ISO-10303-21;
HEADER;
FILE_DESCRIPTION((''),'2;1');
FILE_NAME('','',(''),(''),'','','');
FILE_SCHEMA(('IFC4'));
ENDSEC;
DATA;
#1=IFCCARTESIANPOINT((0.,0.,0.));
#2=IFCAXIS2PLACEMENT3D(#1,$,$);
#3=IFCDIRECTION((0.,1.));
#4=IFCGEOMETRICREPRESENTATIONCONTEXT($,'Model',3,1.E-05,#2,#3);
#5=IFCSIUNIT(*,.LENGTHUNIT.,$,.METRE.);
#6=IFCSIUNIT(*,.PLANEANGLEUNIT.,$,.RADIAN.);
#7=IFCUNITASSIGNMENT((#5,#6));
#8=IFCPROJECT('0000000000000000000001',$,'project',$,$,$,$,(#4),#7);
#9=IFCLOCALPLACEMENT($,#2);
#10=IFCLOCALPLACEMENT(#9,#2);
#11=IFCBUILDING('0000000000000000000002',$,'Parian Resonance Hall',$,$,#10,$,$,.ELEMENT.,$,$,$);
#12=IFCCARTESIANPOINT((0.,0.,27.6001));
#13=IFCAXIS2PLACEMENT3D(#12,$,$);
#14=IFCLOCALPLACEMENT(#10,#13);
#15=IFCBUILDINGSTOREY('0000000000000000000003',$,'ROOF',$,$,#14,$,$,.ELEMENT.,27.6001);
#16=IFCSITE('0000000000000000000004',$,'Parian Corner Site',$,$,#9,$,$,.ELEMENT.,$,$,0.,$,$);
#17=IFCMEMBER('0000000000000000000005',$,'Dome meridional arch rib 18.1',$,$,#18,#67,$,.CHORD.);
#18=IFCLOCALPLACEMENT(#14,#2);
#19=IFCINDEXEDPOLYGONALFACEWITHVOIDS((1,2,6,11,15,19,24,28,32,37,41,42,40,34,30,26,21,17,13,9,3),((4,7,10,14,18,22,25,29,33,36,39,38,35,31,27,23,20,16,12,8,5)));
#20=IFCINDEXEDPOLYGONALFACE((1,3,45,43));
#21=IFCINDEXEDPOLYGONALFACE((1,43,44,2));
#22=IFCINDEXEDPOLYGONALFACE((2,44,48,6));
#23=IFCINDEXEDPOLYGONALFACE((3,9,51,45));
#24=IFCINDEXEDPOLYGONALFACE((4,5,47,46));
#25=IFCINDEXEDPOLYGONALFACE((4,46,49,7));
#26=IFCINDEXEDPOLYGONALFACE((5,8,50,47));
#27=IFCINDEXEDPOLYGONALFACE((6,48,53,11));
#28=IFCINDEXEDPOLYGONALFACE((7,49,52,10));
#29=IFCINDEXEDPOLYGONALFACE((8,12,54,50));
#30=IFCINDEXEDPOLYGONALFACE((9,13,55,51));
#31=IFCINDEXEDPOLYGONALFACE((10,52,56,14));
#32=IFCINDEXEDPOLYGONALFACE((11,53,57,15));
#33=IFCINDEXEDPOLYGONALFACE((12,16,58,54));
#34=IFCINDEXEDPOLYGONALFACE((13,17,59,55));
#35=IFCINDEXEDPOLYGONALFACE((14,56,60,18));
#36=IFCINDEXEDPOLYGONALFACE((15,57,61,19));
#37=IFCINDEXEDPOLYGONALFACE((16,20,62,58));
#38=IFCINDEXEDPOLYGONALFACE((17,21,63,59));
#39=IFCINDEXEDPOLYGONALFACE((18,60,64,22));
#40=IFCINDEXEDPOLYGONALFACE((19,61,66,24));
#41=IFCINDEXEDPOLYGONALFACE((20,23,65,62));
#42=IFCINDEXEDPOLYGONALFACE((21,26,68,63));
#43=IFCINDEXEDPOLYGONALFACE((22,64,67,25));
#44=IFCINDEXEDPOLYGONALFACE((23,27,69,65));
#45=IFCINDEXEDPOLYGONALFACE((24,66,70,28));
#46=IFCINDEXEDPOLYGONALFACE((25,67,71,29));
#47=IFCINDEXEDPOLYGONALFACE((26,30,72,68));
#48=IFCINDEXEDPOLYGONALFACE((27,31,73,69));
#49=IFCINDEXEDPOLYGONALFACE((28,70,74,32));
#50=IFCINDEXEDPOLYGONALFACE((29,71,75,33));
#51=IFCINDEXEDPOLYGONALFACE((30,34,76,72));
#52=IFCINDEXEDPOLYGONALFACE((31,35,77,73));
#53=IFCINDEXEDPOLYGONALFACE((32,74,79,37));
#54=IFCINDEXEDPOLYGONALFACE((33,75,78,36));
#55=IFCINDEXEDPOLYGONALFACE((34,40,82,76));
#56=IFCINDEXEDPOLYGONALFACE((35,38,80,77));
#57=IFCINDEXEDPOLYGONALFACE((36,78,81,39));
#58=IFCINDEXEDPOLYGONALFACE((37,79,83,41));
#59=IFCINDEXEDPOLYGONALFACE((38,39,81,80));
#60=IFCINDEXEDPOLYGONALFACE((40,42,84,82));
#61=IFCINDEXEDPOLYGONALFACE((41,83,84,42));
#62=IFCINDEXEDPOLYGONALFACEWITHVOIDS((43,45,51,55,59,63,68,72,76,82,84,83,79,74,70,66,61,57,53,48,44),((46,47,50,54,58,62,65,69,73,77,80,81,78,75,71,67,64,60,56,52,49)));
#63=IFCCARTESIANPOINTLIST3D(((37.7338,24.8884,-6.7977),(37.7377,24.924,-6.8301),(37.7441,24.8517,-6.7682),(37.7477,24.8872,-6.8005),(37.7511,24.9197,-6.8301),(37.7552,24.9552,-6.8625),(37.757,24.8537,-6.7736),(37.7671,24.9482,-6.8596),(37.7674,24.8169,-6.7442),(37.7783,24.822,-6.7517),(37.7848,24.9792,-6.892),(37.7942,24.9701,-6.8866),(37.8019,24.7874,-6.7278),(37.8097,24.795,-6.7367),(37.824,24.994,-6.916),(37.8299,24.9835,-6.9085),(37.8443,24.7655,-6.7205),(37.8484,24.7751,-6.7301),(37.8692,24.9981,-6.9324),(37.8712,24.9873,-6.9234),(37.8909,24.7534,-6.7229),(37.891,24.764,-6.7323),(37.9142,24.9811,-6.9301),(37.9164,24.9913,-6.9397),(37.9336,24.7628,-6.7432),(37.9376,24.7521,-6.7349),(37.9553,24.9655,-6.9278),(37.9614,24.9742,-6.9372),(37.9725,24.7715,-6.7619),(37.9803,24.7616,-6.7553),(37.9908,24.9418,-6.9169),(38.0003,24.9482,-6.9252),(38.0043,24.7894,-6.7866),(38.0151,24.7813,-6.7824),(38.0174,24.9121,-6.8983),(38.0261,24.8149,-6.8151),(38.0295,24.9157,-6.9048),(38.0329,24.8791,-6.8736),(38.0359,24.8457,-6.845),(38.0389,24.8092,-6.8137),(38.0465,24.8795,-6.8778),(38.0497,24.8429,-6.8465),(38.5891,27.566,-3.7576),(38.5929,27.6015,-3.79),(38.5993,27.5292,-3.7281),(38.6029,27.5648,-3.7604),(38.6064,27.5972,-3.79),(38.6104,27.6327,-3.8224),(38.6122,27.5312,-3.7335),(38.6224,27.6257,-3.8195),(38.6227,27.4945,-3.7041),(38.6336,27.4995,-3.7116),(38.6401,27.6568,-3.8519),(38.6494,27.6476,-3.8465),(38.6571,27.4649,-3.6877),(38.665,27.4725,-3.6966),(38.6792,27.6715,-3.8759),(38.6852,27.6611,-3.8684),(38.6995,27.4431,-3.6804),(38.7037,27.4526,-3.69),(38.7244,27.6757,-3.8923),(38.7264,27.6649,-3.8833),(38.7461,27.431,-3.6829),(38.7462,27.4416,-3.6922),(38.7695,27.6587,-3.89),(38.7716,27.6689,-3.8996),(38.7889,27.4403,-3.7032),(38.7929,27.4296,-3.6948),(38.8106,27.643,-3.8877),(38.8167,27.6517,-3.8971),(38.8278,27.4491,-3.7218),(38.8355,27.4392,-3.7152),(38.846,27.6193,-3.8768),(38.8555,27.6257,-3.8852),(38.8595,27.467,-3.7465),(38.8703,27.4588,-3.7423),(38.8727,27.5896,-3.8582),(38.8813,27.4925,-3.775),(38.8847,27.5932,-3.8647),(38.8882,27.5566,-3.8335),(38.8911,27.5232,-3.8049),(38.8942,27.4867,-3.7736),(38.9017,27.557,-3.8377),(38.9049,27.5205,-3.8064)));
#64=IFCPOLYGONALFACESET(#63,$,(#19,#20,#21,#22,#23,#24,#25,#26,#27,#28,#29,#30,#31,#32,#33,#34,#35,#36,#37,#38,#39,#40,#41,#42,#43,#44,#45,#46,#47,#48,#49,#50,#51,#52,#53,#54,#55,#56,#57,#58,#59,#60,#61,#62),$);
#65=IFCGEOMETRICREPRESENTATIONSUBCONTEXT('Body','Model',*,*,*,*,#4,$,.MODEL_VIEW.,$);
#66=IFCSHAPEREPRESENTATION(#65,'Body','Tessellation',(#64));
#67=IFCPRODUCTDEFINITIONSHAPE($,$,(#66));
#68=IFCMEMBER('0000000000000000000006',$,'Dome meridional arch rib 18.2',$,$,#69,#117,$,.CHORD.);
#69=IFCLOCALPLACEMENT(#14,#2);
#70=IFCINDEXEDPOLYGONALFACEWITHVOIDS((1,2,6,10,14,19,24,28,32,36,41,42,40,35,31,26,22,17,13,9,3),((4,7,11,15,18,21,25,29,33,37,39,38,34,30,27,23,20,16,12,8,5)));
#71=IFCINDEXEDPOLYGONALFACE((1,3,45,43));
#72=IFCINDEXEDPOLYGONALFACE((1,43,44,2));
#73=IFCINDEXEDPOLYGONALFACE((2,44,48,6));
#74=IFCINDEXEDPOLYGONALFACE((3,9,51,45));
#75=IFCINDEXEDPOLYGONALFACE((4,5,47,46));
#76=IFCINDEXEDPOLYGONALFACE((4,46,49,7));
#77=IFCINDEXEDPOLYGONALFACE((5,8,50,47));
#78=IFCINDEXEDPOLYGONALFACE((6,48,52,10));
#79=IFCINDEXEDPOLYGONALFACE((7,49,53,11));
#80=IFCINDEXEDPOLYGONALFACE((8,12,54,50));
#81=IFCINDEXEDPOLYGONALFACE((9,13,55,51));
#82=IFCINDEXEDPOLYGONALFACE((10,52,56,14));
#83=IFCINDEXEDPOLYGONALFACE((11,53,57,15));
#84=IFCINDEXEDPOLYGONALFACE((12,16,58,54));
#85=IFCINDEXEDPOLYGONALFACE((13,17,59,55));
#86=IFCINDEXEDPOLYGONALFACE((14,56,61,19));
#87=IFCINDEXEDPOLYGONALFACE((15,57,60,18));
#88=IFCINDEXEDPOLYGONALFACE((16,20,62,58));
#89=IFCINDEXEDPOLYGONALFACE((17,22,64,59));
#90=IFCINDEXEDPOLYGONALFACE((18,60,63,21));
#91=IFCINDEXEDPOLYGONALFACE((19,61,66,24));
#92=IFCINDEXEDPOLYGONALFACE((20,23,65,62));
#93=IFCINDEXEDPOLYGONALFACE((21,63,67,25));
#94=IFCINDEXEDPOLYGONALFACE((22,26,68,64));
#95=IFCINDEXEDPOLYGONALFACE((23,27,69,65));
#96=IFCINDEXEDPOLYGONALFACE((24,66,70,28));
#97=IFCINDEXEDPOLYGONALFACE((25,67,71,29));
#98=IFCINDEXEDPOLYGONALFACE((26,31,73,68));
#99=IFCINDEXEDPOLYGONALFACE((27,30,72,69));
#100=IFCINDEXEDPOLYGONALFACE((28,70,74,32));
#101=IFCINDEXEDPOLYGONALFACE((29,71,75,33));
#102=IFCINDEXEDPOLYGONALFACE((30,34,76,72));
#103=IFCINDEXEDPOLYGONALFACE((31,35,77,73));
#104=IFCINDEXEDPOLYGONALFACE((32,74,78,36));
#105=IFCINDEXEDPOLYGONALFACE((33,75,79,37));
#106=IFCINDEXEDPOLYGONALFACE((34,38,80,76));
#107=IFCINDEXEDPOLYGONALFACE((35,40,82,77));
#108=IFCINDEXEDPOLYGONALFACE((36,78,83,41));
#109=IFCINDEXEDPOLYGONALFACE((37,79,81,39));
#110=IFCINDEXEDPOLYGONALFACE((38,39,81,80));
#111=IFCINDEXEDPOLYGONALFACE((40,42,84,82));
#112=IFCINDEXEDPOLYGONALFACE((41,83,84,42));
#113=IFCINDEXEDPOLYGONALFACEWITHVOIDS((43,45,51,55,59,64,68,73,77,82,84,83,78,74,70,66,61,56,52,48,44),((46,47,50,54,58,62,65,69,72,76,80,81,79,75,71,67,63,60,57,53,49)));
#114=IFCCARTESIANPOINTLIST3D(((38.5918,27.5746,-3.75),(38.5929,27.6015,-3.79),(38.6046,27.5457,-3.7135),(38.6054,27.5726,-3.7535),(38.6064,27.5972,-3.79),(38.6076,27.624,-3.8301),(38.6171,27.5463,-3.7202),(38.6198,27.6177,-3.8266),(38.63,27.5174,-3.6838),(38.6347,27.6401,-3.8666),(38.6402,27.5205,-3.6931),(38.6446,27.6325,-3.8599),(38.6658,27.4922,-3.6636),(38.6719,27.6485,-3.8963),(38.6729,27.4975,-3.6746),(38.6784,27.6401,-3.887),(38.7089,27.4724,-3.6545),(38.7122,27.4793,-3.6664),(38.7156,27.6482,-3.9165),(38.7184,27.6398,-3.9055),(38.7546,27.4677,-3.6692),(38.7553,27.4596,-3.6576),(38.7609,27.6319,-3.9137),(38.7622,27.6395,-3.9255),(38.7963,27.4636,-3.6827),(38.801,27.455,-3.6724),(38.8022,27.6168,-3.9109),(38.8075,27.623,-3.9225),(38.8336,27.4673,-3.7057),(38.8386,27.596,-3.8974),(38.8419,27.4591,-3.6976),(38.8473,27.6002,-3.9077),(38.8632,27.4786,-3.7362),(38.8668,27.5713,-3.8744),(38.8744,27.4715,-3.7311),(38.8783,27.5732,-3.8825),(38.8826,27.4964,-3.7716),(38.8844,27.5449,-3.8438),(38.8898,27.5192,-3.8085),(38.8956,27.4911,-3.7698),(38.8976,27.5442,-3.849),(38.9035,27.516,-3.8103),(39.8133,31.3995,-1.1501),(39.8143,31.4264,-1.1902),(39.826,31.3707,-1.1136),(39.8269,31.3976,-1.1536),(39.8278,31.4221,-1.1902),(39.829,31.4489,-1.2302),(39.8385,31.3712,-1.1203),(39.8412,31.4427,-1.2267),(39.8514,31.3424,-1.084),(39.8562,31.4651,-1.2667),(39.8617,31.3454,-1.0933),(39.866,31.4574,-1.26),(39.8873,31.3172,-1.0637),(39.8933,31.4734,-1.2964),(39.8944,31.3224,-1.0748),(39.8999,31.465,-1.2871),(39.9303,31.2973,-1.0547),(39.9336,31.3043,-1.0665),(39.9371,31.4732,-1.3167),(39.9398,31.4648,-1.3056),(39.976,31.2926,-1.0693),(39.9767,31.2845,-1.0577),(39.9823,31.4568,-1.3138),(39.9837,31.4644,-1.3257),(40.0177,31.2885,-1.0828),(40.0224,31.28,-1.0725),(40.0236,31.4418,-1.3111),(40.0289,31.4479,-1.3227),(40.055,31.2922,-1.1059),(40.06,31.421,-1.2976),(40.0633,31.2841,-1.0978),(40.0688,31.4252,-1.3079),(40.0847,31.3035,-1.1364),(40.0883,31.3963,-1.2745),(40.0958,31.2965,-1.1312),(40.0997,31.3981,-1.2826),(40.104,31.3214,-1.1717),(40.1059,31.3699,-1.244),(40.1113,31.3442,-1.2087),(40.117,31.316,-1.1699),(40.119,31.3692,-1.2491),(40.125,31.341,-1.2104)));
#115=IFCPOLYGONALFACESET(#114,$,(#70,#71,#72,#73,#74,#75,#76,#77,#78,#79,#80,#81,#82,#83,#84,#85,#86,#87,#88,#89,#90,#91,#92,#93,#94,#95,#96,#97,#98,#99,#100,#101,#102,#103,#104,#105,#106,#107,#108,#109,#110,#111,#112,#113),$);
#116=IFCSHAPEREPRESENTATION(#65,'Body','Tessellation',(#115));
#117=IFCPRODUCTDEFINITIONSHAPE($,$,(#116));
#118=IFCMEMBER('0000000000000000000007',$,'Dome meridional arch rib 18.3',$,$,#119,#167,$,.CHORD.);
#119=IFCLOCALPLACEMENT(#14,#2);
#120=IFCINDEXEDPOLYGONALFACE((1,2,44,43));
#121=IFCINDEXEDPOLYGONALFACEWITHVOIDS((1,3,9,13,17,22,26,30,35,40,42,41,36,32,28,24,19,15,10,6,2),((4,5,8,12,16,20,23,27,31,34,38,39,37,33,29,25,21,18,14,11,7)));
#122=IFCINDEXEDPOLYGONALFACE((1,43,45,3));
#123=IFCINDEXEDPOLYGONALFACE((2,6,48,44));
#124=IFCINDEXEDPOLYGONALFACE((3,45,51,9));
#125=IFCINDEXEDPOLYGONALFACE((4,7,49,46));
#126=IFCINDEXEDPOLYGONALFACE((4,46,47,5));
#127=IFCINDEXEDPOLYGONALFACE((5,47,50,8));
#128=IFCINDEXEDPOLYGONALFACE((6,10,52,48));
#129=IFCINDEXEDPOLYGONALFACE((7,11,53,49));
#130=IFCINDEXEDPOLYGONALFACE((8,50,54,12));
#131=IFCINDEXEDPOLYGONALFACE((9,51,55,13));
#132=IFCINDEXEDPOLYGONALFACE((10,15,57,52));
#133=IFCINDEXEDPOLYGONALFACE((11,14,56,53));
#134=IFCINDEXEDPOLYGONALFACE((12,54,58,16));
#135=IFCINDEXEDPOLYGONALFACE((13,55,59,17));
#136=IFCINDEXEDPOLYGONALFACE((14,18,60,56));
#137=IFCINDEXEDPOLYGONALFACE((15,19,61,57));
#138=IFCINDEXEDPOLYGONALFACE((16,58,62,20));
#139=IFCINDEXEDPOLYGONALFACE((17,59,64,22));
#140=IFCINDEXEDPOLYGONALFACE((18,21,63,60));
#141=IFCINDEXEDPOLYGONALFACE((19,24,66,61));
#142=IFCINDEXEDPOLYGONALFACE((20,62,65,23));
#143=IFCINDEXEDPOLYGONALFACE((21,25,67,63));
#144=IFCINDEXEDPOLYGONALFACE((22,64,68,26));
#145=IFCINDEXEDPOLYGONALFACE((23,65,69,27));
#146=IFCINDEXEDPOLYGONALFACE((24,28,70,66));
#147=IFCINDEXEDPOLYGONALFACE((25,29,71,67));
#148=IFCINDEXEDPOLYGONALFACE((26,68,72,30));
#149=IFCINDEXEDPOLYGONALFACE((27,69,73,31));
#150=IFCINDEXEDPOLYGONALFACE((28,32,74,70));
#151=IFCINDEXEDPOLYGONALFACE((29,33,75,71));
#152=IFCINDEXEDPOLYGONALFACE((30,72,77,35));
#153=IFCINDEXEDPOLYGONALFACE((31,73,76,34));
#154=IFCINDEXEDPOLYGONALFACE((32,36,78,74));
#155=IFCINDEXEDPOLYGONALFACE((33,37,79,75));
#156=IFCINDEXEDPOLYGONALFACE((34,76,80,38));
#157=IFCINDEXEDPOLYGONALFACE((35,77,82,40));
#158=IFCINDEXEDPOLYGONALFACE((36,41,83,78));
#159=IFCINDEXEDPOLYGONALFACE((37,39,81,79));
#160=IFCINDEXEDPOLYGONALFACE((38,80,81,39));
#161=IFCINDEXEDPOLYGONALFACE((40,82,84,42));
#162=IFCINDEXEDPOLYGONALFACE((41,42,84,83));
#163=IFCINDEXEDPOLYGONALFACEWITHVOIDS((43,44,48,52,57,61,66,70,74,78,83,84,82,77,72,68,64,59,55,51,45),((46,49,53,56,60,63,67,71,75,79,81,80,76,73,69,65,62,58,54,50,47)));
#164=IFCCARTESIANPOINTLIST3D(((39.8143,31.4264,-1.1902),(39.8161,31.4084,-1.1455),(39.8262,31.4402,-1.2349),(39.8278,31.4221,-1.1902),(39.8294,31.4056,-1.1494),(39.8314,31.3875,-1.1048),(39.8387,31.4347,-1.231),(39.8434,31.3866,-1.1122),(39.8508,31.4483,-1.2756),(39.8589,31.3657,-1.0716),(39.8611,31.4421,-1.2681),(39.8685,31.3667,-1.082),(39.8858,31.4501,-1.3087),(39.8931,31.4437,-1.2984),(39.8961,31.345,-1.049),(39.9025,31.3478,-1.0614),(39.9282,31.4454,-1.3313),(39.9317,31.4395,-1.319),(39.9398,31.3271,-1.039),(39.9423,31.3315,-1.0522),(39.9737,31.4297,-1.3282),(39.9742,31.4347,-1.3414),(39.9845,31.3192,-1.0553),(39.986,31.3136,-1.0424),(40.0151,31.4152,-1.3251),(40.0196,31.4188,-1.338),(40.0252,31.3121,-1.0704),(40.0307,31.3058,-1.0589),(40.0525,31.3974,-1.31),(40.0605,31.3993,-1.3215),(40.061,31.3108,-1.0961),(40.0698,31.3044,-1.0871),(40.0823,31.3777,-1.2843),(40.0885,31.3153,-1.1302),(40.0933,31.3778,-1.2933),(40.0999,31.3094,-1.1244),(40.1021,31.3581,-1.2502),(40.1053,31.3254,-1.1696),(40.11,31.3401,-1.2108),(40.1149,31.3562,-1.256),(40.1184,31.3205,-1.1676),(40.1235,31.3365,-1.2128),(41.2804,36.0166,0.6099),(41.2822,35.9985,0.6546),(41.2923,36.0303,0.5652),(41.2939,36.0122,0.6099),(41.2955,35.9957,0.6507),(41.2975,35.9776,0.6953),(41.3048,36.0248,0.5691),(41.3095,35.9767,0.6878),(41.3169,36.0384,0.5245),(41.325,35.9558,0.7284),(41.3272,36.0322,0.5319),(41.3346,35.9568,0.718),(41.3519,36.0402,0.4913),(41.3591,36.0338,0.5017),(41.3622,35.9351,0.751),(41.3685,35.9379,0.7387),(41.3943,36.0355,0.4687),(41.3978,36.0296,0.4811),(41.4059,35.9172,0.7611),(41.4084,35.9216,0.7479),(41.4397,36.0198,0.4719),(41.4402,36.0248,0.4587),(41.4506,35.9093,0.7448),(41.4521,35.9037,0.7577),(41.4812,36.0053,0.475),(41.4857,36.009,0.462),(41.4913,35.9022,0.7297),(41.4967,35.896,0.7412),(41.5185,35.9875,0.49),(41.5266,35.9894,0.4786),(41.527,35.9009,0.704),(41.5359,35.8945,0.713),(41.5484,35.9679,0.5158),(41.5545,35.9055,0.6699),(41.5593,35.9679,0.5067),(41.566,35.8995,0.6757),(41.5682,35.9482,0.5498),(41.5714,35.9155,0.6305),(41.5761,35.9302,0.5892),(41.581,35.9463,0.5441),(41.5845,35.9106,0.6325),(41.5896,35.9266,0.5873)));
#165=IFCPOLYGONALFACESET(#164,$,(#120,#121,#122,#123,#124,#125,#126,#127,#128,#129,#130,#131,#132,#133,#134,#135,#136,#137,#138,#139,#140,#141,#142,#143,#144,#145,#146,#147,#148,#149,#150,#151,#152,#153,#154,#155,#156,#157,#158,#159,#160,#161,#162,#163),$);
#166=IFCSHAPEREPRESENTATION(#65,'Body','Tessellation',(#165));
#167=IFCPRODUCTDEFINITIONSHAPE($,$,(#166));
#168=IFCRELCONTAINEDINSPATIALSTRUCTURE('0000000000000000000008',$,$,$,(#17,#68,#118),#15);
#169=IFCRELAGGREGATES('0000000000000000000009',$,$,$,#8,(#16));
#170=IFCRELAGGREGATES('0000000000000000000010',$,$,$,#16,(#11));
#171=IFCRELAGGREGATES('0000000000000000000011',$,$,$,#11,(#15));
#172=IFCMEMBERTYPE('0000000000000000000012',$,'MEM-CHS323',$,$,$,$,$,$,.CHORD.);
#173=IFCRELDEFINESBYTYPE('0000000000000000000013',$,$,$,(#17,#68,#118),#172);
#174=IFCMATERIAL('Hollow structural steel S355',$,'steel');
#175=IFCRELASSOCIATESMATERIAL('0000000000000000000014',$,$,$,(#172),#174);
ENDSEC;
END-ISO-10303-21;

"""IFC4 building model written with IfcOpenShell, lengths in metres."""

from ifc_helpers import new_model, si_unit, direction, frame, origin, origin_2d, place, context, subcontext, project, spatial, hollow_circle, extrude, material, material_profile, profile_set, type_object, element, save


model = new_model("IFC4")

# Units and contexts
model_context = context("Model", 3, precision=1e-05, world=origin(), true_north=direction((0.0, 1.0)))
body_context = subcontext(model_context, "Body", "Model", "MODEL_VIEW")
ifc_project = project(units=[si_unit("LENGTHUNIT", "METRE"), si_unit("PLANEANGLEUNIT", "RADIAN")], contexts=[model_context])

# Site, building, storey
site_placement = place(None, origin())
site = spatial("IfcSite", under=ifc_project, at=site_placement, Name="Parian Corner Site", CompositionType="ELEMENT", RefElevation=0.0)
building_placement = place(site_placement, origin())
building = spatial("IfcBuilding", under=site, at=building_placement, Name="Parian Resonance Hall", CompositionType="ELEMENT")
storey_placement = place(building_placement, frame((0.0, 0.0, 27.6001)))
storey = spatial("IfcBuildingStorey", under=building, at=storey_placement, Name="ROOF", CompositionType="ELEMENT", Elevation=27.6001)

# Members
ifc_material_1 = material(Name="Hollow structural steel S355", Category="steel")
ifc_material_profile_1 = material_profile(ifc_material_1, hollow_circle(Radius=0.1619, WallThickness=0.0142, at=origin_2d()), Name="CHS323.9x14.2")
ifc_profile_set_1 = profile_set([ifc_material_profile_1], Name="Hollow structural steel S355")
member_type_1 = type_object("IfcMemberType", Name="MEM-CHS323", PredefinedType="CHORD", material=ifc_profile_set_1)
member_1_placement = place(storey_placement, frame((37.8918, 24.8748, -6.8301), z_axis=(0.20656, 0.646688, 0.734253), x_axis=(-0.952586, 0.304268, 0.0)))
element("IfcMember", 1, at=member_1_placement, inside=storey, type_object=member_type_1, Name="Dome meridional arch rib 18.1", PredefinedType="CHORD", context=body_context, shape_type="SweptSolid", body=[
    extrude(hollow_circle(Radius=0.1619, WallThickness=0.0142, at=origin_2d()), origin(), (0.0, 0.0, 1.0), 4.1404),
])
member_2_placement = place(storey_placement, frame((38.7471, 27.5522, -3.79), z_axis=(0.255346, 0.799622, 0.54351), x_axis=(-0.952608, 0.3042, 0.0)))
element("IfcMember", 2, at=member_2_placement, inside=storey, type_object=member_type_1, Name="Dome meridional arch rib 18.2", PredefinedType="CHORD", context=body_context, shape_type="SweptSolid", body=[
    extrude(hollow_circle(Radius=0.1619, WallThickness=0.0142, at=origin_2d()), origin(), (0.0, 0.0, 1.0), 4.7834),
])
member_3_placement = place(storey_placement, frame((39.9685, 31.3772, -1.1902), z_axis=(0.285017, 0.892358, 0.349947), x_axis=(-0.95259, 0.304255, 0.0)))
element("IfcMember", 3, at=member_3_placement, inside=storey, type_object=member_type_1, Name="Dome meridional arch rib 18.3", PredefinedType="CHORD", context=body_context, shape_type="SweptSolid", body=[
    extrude(hollow_circle(Radius=0.1619, WallThickness=0.0142, at=origin_2d()), origin(), (0.0, 0.0, 1.0), 5.1438),
])

save(model, "model.ifc")
